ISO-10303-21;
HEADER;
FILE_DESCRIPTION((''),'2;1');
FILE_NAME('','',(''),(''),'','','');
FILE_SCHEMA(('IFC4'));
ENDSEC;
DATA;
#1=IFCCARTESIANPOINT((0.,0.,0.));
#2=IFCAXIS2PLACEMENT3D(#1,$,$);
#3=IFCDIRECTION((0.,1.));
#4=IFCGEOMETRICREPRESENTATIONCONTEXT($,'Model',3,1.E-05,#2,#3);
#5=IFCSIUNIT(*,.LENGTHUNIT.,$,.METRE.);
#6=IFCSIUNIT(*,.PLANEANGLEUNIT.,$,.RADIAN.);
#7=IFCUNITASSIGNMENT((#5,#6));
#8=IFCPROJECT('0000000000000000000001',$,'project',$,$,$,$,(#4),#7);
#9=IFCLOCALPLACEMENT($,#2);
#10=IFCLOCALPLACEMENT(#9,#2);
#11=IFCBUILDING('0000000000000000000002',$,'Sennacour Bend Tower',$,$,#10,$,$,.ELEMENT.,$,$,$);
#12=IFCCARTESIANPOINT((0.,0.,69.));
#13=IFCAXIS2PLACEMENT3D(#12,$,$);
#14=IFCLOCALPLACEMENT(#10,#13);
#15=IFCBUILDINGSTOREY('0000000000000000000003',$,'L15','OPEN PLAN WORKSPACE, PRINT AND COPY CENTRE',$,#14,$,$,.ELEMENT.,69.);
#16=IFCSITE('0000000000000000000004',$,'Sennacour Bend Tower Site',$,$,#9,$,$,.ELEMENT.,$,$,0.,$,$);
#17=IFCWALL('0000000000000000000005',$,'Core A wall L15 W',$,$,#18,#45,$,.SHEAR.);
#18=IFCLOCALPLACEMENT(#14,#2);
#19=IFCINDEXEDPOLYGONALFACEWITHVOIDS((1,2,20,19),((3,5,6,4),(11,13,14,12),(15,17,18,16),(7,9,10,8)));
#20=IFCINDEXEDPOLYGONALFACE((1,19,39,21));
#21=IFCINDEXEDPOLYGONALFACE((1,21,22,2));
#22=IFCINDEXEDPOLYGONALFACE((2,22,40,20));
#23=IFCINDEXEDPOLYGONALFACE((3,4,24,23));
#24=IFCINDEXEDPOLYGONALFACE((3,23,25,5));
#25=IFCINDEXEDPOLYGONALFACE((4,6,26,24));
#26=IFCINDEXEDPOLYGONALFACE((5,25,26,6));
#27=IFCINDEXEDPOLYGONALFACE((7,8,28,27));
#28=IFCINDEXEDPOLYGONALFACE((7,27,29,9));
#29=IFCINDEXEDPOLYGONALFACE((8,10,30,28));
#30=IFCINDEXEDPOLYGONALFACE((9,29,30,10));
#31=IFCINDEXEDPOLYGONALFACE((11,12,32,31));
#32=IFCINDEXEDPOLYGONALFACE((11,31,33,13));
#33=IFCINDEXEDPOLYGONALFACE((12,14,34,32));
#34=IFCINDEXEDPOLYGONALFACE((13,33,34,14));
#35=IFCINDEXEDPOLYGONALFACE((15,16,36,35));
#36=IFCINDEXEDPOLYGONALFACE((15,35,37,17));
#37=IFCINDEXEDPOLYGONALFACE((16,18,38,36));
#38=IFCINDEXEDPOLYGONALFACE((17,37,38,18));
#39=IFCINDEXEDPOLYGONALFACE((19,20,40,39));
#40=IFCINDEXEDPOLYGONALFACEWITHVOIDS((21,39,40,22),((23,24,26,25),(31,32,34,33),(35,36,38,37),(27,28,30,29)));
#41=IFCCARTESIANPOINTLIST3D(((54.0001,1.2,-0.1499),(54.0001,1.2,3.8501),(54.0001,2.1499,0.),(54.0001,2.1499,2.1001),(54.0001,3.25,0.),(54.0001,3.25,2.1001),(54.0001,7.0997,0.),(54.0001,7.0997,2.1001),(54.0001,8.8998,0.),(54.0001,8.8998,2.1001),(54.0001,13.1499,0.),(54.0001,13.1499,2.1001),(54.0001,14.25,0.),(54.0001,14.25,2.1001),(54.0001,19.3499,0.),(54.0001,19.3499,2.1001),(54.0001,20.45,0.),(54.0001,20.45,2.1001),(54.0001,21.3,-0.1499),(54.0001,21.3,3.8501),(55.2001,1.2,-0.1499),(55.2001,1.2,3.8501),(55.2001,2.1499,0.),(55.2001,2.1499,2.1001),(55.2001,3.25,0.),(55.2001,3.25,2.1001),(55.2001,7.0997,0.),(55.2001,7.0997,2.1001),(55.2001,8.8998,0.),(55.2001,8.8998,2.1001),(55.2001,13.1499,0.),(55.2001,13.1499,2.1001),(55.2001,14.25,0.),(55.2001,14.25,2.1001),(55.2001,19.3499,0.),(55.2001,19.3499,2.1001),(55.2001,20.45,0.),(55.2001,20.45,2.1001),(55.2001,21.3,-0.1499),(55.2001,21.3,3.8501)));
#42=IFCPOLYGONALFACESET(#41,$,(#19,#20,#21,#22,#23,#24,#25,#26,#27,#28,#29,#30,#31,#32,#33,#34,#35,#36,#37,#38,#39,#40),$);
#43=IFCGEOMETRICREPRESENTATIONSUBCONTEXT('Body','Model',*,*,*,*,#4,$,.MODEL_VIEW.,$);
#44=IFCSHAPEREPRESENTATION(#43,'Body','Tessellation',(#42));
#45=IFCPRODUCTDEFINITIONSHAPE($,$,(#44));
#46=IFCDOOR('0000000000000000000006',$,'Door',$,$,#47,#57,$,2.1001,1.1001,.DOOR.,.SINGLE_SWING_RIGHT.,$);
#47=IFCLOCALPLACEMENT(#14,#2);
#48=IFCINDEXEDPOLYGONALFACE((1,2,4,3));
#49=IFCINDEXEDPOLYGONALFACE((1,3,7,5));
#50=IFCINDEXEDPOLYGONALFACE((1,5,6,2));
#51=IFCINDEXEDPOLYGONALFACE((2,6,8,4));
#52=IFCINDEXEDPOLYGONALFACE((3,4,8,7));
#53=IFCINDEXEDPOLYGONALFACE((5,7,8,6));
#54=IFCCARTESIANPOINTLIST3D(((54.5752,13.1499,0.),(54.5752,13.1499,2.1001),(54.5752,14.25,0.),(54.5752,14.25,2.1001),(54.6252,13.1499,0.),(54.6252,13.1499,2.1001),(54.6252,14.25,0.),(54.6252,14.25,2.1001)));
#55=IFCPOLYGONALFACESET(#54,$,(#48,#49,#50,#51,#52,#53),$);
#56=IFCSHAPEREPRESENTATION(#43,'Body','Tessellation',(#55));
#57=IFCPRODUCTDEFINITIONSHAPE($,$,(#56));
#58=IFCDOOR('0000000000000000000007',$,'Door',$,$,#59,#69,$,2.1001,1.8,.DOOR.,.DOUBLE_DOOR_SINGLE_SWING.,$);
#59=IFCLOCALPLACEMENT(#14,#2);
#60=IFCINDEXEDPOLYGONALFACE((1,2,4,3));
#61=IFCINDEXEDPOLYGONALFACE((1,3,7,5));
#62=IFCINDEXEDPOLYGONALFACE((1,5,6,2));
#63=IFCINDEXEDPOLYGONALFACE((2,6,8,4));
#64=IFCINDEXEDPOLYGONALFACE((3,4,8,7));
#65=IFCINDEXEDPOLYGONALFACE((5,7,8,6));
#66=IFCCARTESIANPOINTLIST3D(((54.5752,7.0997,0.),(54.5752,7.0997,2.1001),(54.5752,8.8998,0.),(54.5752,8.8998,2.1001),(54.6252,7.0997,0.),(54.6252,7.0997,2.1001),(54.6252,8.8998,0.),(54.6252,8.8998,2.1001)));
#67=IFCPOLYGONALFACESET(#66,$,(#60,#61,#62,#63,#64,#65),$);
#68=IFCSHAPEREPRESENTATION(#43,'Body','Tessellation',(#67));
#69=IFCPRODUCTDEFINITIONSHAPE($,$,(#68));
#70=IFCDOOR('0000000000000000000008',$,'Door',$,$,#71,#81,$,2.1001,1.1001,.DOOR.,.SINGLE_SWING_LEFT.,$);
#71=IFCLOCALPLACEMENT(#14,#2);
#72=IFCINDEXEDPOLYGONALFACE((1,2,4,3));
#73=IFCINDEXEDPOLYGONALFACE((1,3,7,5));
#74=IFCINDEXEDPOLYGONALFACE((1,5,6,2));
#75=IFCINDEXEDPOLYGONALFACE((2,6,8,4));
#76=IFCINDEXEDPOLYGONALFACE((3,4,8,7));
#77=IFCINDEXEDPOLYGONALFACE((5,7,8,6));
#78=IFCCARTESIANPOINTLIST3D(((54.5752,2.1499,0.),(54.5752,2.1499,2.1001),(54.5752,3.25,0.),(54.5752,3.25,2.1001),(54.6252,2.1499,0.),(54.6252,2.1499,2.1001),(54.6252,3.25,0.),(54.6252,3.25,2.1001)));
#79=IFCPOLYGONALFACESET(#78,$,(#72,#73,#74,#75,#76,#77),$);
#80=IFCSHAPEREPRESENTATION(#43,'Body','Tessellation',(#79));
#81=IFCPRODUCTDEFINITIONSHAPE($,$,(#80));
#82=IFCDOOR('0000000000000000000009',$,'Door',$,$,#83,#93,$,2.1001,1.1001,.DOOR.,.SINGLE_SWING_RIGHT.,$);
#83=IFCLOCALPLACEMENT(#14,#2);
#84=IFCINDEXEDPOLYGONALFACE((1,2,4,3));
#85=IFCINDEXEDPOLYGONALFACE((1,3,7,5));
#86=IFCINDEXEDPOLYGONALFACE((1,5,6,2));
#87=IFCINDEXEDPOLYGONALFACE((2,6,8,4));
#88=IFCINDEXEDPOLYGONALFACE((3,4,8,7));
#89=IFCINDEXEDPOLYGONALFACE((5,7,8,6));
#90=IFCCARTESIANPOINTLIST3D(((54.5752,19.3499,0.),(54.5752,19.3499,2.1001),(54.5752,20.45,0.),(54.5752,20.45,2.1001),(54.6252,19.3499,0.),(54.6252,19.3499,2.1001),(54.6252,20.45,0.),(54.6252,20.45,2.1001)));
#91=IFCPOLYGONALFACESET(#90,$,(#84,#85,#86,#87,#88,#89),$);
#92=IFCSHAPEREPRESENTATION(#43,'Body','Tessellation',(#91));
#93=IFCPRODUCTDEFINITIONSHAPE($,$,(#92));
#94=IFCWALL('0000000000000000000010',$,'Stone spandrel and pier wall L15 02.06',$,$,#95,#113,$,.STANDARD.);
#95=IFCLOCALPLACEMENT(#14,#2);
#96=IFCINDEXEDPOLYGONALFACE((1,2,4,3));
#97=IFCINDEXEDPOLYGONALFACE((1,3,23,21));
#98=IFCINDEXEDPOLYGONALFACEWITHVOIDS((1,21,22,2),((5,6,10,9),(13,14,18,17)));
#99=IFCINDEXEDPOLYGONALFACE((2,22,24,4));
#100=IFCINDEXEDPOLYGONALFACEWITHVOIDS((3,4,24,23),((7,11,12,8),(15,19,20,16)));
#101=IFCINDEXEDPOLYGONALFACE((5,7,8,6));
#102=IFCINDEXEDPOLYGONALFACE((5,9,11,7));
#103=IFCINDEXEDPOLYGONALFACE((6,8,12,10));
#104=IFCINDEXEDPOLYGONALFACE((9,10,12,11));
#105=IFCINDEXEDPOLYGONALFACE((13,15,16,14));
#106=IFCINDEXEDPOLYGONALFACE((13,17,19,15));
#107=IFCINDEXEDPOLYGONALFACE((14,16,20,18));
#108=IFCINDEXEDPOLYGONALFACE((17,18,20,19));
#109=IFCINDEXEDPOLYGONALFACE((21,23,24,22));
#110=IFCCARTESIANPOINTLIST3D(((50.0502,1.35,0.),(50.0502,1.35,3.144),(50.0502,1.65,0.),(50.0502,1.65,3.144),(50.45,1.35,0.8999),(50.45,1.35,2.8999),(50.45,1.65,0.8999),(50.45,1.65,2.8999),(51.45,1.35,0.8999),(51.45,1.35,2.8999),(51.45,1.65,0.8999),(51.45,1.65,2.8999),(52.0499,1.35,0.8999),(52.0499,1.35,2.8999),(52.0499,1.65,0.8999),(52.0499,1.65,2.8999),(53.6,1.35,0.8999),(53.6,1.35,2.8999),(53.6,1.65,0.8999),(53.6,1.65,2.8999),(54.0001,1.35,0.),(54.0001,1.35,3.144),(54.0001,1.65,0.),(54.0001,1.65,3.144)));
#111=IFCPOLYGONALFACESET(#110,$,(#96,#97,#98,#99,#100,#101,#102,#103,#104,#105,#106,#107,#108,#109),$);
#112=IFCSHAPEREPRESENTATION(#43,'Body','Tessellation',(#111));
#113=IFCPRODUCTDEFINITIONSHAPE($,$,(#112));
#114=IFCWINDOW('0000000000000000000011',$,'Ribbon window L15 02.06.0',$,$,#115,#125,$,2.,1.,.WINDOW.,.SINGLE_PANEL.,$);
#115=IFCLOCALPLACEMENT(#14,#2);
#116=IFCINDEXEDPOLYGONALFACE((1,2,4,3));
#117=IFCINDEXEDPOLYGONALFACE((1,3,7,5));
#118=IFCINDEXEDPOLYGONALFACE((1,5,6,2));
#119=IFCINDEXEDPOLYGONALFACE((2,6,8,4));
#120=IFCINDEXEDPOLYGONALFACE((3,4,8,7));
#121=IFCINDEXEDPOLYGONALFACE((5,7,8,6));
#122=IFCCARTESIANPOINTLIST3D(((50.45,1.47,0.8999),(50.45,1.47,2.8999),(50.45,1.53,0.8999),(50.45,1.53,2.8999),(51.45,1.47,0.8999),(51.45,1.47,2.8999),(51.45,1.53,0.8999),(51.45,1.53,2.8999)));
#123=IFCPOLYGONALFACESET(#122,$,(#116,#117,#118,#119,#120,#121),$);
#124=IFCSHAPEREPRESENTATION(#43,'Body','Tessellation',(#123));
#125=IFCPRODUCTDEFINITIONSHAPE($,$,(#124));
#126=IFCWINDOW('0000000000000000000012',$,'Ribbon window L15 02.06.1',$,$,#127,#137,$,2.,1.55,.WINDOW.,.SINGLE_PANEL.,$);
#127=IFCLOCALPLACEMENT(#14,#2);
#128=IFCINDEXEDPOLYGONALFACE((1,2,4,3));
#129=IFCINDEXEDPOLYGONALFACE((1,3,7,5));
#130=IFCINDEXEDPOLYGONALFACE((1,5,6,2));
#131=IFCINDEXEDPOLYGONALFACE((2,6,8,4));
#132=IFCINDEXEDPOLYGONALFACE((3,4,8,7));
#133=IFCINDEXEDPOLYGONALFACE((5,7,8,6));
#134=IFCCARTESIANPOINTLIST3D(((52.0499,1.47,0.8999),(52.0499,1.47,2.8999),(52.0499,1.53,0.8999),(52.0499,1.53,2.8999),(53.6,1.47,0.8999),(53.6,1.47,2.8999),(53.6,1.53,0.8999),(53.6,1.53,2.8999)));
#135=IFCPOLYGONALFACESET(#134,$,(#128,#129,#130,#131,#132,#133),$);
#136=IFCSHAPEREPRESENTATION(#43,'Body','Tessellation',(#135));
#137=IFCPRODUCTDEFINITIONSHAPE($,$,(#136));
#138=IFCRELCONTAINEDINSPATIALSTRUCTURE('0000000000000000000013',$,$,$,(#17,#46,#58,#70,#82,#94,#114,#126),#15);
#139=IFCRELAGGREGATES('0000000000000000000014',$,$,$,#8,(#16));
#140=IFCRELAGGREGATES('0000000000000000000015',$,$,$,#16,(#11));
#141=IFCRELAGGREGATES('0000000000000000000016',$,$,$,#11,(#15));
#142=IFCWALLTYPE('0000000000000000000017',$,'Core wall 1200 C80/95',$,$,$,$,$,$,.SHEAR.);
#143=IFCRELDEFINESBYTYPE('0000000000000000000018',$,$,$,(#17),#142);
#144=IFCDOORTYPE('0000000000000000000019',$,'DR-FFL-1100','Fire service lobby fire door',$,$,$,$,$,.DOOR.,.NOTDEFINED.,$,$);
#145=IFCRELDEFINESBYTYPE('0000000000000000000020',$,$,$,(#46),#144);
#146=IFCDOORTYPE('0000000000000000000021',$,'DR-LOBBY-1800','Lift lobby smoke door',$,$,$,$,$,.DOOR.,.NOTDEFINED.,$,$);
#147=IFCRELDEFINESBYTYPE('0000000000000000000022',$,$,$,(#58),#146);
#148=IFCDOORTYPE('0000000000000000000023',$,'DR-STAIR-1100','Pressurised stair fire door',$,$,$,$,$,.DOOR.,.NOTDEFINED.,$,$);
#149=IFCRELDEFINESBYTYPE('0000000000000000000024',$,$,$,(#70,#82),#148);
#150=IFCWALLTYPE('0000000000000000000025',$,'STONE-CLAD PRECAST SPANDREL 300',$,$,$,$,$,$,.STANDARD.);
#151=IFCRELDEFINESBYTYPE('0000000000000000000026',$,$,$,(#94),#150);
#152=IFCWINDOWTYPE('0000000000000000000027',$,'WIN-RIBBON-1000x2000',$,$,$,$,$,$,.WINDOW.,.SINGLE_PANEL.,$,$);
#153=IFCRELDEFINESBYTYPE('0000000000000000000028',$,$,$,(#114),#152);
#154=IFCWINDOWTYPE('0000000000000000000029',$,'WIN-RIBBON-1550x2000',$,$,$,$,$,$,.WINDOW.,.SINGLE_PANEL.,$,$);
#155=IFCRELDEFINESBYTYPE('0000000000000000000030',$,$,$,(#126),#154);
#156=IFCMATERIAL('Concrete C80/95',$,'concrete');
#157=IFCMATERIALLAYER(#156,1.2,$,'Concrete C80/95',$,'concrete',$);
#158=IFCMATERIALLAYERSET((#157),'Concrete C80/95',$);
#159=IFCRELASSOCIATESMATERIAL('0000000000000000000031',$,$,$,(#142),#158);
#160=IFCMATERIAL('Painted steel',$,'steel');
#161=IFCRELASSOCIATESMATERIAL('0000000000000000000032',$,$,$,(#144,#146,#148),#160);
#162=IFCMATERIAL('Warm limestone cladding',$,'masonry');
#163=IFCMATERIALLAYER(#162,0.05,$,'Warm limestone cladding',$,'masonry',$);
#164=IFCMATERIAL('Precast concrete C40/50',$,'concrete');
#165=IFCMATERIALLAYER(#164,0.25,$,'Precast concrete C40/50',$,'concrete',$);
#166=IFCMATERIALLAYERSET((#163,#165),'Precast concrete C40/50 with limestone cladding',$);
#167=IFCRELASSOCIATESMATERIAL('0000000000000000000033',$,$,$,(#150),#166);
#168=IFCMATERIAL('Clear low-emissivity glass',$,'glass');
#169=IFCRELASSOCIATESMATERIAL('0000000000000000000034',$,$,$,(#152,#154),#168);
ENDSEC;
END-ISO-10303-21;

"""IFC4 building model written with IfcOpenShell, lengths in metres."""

from ifc_helpers import new_model, si_unit, direction, frame, frame_2d, origin, place, context, subcontext, project, spatial, rectangle, extrude, material, layer, layer_set, type_object, element, fill, save


model = new_model("IFC4")

# Units and contexts
model_context = context("Model", 3, precision=1e-05, world=origin(), true_north=direction((0.0, 1.0)))
body_context = subcontext(model_context, "Body", "Model", "MODEL_VIEW")
ifc_project = project(units=[si_unit("LENGTHUNIT", "METRE"), si_unit("PLANEANGLEUNIT", "RADIAN")], contexts=[model_context])

# Site, building, storey
site_placement = place(None, origin())
site = spatial("IfcSite", under=ifc_project, at=site_placement, Name="Sennacour Bend Tower Site", CompositionType="ELEMENT", RefElevation=0.0)
building_placement = place(site_placement, origin())
building = spatial("IfcBuilding", under=site, at=building_placement, Name="Sennacour Bend Tower", CompositionType="ELEMENT")
storey_placement = place(building_placement, frame((0.0, 0.0, 69.0)))
storey = spatial("IfcBuildingStorey", under=building, at=storey_placement, Name="L15", Description="OPEN PLAN WORKSPACE, PRINT AND COPY CENTRE", CompositionType="ELEMENT", Elevation=69.0)

# Wall, openings, doors
ifc_material_1 = material(Name="Concrete C80/95", Category="concrete")
ifc_layer_1 = layer(ifc_material_1, 1.2, Name="Concrete C80/95", Category="concrete")
ifc_layer_set_1 = layer_set([ifc_layer_1], Name="Concrete C80/95")
wall_type_1 = type_object("IfcWallType", Name="Core wall 1200 C80/95", PredefinedType="SHEAR", material=ifc_layer_set_1)
wall_1_placement = place(storey_placement, frame((54.6001, 1.2, -0.1499), z_axis=(0.0, 0.0, 1.0), x_axis=(0.0, 1.0, 0.0)))
wall_1 = element("IfcWall", 1, at=wall_1_placement, inside=storey, type_object=wall_type_1, Name="Core A wall L15 W", PredefinedType="SHEAR", context=body_context, shape_type="SweptSolid", body=[
    extrude(rectangle(XDim=20.1001, YDim=1.2, at=frame_2d((10.05, 0.0))), origin(), (0.0, 0.0, 1.0), 4.0),
])
opening_1_placement = place(wall_1_placement, frame((5.8999, 0.0, 0.1499)))
opening_1 = element("IfcOpeningElement", 2, at=opening_1_placement, cuts=wall_1, PredefinedType="OPENING", context=body_context, shape_type="SweptSolid", body=[
    extrude(rectangle(XDim=1.8, YDim=2.1001, at=frame_2d((0.8999, 1.05))), frame((0.0, 0.6099, 0.0), z_axis=(0.0, -1.0, 0.0), x_axis=(1.0, 0.0, 0.0)), (0.0, 0.0, 1.0), 1.22),
])
opening_2_placement = place(wall_1_placement, frame((11.95, 0.0, 0.1499)))
opening_2 = element("IfcOpeningElement", 3, at=opening_2_placement, cuts=wall_1, PredefinedType="OPENING", context=body_context, shape_type="SweptSolid", body=[
    extrude(rectangle(XDim=1.1001, YDim=2.1001, at=frame_2d((0.55, 1.05))), frame((0.0, 0.6099, 0.0), z_axis=(0.0, -1.0, 0.0), x_axis=(1.0, 0.0, 0.0)), (0.0, 0.0, 1.0), 1.22),
])
opening_3_placement = place(wall_1_placement, frame((0.95, 0.0, 0.1499)))
opening_3 = element("IfcOpeningElement", 4, at=opening_3_placement, cuts=wall_1, PredefinedType="OPENING", context=body_context, shape_type="SweptSolid", body=[
    extrude(rectangle(XDim=1.1001, YDim=2.1001, at=frame_2d((0.55, 1.05))), frame((0.0, 0.6099, 0.0), z_axis=(0.0, -1.0, 0.0), x_axis=(1.0, 0.0, 0.0)), (0.0, 0.0, 1.0), 1.22),
])
opening_4_placement = place(wall_1_placement, frame((18.1499, 0.0, 0.1499)))
opening_4 = element("IfcOpeningElement", 5, at=opening_4_placement, cuts=wall_1, PredefinedType="OPENING", context=body_context, shape_type="SweptSolid", body=[
    extrude(rectangle(XDim=1.1001, YDim=2.1001, at=frame_2d((0.55, 1.05))), frame((0.0, 0.6099, 0.0), z_axis=(0.0, -1.0, 0.0), x_axis=(1.0, 0.0, 0.0)), (0.0, 0.0, 1.0), 1.22),
])
ifc_material_2 = material(Name="Painted steel", Category="steel")
door_type_1 = type_object("IfcDoorType", Name="DR-FFL-1100", Description="Fire service lobby fire door", OperationType="NOTDEFINED", PredefinedType="DOOR", material=ifc_material_2)
door_1_placement = place(opening_2_placement, origin())
door_1 = element("IfcDoor", 6, at=door_1_placement, inside=storey, type_object=door_type_1, Name="Door", OperationType="SINGLE_SWING_RIGHT", OverallHeight=2.1001, OverallWidth=1.1001, PredefinedType="DOOR", context=body_context, shape_type="SweptSolid", body=[
    extrude(rectangle(XDim=1.1001, YDim=2.1001, at=frame_2d((0.55, 1.05))), frame((0.0, 0.0249, 0.0), z_axis=(0.0, -1.0, 0.0), x_axis=(1.0, 0.0, 0.0)), (0.0, 0.0, 1.0), 0.05),
])
fill(opening_2, door_1)
door_type_2 = type_object("IfcDoorType", Name="DR-LOBBY-1800", Description="Lift lobby smoke door", OperationType="NOTDEFINED", PredefinedType="DOOR", material=ifc_material_2)
door_2_placement = place(opening_1_placement, origin())
door_2 = element("IfcDoor", 7, at=door_2_placement, inside=storey, type_object=door_type_2, Name="Door", OperationType="DOUBLE_DOOR_SINGLE_SWING", OverallHeight=2.1001, OverallWidth=1.8, PredefinedType="DOOR", context=body_context, shape_type="SweptSolid", body=[
    extrude(rectangle(XDim=1.8, YDim=2.1001, at=frame_2d((0.8999, 1.05))), frame((0.0, 0.0249, 0.0), z_axis=(0.0, -1.0, 0.0), x_axis=(1.0, 0.0, 0.0)), (0.0, 0.0, 1.0), 0.05),
])
fill(opening_1, door_2)
door_type_3 = type_object("IfcDoorType", Name="DR-STAIR-1100", Description="Pressurised stair fire door", OperationType="NOTDEFINED", PredefinedType="DOOR", material=ifc_material_2)
door_3_placement = place(opening_3_placement, origin())
door_3 = element("IfcDoor", 8, at=door_3_placement, inside=storey, type_object=door_type_3, Name="Door", OperationType="SINGLE_SWING_LEFT", OverallHeight=2.1001, OverallWidth=1.1001, PredefinedType="DOOR", context=body_context, shape_type="SweptSolid", body=[
    extrude(rectangle(XDim=1.1001, YDim=2.1001, at=frame_2d((0.55, 1.05))), frame((0.0, 0.0249, 0.0), z_axis=(0.0, -1.0, 0.0), x_axis=(1.0, 0.0, 0.0)), (0.0, 0.0, 1.0), 0.05),
])
fill(opening_3, door_3)
door_4_placement = place(opening_4_placement, origin())
door_4 = element("IfcDoor", 9, at=door_4_placement, inside=storey, type_object=door_type_3, Name="Door", OperationType="SINGLE_SWING_RIGHT", OverallHeight=2.1001, OverallWidth=1.1001, PredefinedType="DOOR", context=body_context, shape_type="SweptSolid", body=[
    extrude(rectangle(XDim=1.1001, YDim=2.1001, at=frame_2d((0.55, 1.05))), frame((0.0, 0.0249, 0.0), z_axis=(0.0, -1.0, 0.0), x_axis=(1.0, 0.0, 0.0)), (0.0, 0.0, 1.0), 0.05),
])
fill(opening_4, door_4)

# Wall, openings, windows
ifc_material_3 = material(Name="Warm limestone cladding", Category="masonry")
ifc_layer_2 = layer(ifc_material_3, 0.05, Name="Warm limestone cladding", Category="masonry")
ifc_material_4 = material(Name="Precast concrete C40/50", Category="concrete")
ifc_layer_3 = layer(ifc_material_4, 0.25, Name="Precast concrete C40/50", Category="concrete")
ifc_layer_set_2 = layer_set([ifc_layer_2, ifc_layer_3], Name="Precast concrete C40/50 with limestone cladding")
wall_type_2 = type_object("IfcWallType", Name="STONE-CLAD PRECAST SPANDREL 300", PredefinedType="STANDARD", material=ifc_layer_set_2)
wall_2_placement = place(storey_placement, frame((50.05, 1.5, 0.0), z_axis=(0.0, 0.0, 1.0), x_axis=(1.0, 0.0, 0.0)))
wall_2 = element("IfcWall", 10, at=wall_2_placement, inside=storey, type_object=wall_type_2, Name="Stone spandrel and pier wall L15 02.06", PredefinedType="STANDARD", context=body_context, shape_type="SweptSolid", body=[
    extrude(rectangle(XDim=3.95, YDim=0.3, at=frame_2d((1.9751, 0.0))), origin(), (0.0, 0.0, 1.0), 3.144),
])
opening_5_placement = place(wall_2_placement, frame((0.3999, 0.0, 0.8999)))
opening_5 = element("IfcOpeningElement", 11, at=opening_5_placement, cuts=wall_2, PredefinedType="OPENING", context=body_context, shape_type="SweptSolid", body=[
    extrude(rectangle(XDim=1.0, YDim=2.0, at=frame_2d((0.5, 1.0))), frame((0.0, 0.1602, 0.0), z_axis=(0.0, -1.0, 0.0), x_axis=(1.0, 0.0, 0.0)), (0.0, 0.0, 1.0), 0.3201),
])
opening_6_placement = place(wall_2_placement, frame((2.0, 0.0, 0.8999)))
opening_6 = element("IfcOpeningElement", 12, at=opening_6_placement, cuts=wall_2, PredefinedType="OPENING", context=body_context, shape_type="SweptSolid", body=[
    extrude(rectangle(XDim=1.55, YDim=2.0, at=frame_2d((0.7749, 1.0))), frame((0.0, 0.1602, 0.0), z_axis=(0.0, -1.0, 0.0), x_axis=(1.0, 0.0, 0.0)), (0.0, 0.0, 1.0), 0.3201),
])
ifc_material_5 = material(Name="Clear low-emissivity glass", Category="glass")
window_type_1 = type_object("IfcWindowType", Name="WIN-RIBBON-1000x2000", PartitioningType="SINGLE_PANEL", PredefinedType="WINDOW", material=ifc_material_5)
window_1_placement = place(opening_5_placement, origin())
window_1 = element("IfcWindow", 13, at=window_1_placement, inside=storey, type_object=window_type_1, Name="Ribbon window L15 02.06.0", OverallHeight=2.0, OverallWidth=1.0, PartitioningType="SINGLE_PANEL", PredefinedType="WINDOW", context=body_context, shape_type="SweptSolid", body=[
    extrude(rectangle(XDim=1.0, YDim=2.0, at=frame_2d((0.5, 1.0))), frame((0.0, 0.03, 0.0), z_axis=(0.0, -1.0, 0.0), x_axis=(1.0, 0.0, 0.0)), (0.0, 0.0, 1.0), 0.0601),
])
fill(opening_5, window_1)
window_type_2 = type_object("IfcWindowType", Name="WIN-RIBBON-1550x2000", PartitioningType="SINGLE_PANEL", PredefinedType="WINDOW", material=ifc_material_5)
window_2_placement = place(opening_6_placement, origin())
window_2 = element("IfcWindow", 14, at=window_2_placement, inside=storey, type_object=window_type_2, Name="Ribbon window L15 02.06.1", OverallHeight=2.0, OverallWidth=1.55, PartitioningType="SINGLE_PANEL", PredefinedType="WINDOW", context=body_context, shape_type="SweptSolid", body=[
    extrude(rectangle(XDim=1.55, YDim=2.0, at=frame_2d((0.7749, 1.0))), frame((0.0, 0.03, 0.0), z_axis=(0.0, -1.0, 0.0), x_axis=(1.0, 0.0, 0.0)), (0.0, 0.0, 1.0), 0.0601),
])
fill(opening_6, window_2)

save(model, "model.ifc")
